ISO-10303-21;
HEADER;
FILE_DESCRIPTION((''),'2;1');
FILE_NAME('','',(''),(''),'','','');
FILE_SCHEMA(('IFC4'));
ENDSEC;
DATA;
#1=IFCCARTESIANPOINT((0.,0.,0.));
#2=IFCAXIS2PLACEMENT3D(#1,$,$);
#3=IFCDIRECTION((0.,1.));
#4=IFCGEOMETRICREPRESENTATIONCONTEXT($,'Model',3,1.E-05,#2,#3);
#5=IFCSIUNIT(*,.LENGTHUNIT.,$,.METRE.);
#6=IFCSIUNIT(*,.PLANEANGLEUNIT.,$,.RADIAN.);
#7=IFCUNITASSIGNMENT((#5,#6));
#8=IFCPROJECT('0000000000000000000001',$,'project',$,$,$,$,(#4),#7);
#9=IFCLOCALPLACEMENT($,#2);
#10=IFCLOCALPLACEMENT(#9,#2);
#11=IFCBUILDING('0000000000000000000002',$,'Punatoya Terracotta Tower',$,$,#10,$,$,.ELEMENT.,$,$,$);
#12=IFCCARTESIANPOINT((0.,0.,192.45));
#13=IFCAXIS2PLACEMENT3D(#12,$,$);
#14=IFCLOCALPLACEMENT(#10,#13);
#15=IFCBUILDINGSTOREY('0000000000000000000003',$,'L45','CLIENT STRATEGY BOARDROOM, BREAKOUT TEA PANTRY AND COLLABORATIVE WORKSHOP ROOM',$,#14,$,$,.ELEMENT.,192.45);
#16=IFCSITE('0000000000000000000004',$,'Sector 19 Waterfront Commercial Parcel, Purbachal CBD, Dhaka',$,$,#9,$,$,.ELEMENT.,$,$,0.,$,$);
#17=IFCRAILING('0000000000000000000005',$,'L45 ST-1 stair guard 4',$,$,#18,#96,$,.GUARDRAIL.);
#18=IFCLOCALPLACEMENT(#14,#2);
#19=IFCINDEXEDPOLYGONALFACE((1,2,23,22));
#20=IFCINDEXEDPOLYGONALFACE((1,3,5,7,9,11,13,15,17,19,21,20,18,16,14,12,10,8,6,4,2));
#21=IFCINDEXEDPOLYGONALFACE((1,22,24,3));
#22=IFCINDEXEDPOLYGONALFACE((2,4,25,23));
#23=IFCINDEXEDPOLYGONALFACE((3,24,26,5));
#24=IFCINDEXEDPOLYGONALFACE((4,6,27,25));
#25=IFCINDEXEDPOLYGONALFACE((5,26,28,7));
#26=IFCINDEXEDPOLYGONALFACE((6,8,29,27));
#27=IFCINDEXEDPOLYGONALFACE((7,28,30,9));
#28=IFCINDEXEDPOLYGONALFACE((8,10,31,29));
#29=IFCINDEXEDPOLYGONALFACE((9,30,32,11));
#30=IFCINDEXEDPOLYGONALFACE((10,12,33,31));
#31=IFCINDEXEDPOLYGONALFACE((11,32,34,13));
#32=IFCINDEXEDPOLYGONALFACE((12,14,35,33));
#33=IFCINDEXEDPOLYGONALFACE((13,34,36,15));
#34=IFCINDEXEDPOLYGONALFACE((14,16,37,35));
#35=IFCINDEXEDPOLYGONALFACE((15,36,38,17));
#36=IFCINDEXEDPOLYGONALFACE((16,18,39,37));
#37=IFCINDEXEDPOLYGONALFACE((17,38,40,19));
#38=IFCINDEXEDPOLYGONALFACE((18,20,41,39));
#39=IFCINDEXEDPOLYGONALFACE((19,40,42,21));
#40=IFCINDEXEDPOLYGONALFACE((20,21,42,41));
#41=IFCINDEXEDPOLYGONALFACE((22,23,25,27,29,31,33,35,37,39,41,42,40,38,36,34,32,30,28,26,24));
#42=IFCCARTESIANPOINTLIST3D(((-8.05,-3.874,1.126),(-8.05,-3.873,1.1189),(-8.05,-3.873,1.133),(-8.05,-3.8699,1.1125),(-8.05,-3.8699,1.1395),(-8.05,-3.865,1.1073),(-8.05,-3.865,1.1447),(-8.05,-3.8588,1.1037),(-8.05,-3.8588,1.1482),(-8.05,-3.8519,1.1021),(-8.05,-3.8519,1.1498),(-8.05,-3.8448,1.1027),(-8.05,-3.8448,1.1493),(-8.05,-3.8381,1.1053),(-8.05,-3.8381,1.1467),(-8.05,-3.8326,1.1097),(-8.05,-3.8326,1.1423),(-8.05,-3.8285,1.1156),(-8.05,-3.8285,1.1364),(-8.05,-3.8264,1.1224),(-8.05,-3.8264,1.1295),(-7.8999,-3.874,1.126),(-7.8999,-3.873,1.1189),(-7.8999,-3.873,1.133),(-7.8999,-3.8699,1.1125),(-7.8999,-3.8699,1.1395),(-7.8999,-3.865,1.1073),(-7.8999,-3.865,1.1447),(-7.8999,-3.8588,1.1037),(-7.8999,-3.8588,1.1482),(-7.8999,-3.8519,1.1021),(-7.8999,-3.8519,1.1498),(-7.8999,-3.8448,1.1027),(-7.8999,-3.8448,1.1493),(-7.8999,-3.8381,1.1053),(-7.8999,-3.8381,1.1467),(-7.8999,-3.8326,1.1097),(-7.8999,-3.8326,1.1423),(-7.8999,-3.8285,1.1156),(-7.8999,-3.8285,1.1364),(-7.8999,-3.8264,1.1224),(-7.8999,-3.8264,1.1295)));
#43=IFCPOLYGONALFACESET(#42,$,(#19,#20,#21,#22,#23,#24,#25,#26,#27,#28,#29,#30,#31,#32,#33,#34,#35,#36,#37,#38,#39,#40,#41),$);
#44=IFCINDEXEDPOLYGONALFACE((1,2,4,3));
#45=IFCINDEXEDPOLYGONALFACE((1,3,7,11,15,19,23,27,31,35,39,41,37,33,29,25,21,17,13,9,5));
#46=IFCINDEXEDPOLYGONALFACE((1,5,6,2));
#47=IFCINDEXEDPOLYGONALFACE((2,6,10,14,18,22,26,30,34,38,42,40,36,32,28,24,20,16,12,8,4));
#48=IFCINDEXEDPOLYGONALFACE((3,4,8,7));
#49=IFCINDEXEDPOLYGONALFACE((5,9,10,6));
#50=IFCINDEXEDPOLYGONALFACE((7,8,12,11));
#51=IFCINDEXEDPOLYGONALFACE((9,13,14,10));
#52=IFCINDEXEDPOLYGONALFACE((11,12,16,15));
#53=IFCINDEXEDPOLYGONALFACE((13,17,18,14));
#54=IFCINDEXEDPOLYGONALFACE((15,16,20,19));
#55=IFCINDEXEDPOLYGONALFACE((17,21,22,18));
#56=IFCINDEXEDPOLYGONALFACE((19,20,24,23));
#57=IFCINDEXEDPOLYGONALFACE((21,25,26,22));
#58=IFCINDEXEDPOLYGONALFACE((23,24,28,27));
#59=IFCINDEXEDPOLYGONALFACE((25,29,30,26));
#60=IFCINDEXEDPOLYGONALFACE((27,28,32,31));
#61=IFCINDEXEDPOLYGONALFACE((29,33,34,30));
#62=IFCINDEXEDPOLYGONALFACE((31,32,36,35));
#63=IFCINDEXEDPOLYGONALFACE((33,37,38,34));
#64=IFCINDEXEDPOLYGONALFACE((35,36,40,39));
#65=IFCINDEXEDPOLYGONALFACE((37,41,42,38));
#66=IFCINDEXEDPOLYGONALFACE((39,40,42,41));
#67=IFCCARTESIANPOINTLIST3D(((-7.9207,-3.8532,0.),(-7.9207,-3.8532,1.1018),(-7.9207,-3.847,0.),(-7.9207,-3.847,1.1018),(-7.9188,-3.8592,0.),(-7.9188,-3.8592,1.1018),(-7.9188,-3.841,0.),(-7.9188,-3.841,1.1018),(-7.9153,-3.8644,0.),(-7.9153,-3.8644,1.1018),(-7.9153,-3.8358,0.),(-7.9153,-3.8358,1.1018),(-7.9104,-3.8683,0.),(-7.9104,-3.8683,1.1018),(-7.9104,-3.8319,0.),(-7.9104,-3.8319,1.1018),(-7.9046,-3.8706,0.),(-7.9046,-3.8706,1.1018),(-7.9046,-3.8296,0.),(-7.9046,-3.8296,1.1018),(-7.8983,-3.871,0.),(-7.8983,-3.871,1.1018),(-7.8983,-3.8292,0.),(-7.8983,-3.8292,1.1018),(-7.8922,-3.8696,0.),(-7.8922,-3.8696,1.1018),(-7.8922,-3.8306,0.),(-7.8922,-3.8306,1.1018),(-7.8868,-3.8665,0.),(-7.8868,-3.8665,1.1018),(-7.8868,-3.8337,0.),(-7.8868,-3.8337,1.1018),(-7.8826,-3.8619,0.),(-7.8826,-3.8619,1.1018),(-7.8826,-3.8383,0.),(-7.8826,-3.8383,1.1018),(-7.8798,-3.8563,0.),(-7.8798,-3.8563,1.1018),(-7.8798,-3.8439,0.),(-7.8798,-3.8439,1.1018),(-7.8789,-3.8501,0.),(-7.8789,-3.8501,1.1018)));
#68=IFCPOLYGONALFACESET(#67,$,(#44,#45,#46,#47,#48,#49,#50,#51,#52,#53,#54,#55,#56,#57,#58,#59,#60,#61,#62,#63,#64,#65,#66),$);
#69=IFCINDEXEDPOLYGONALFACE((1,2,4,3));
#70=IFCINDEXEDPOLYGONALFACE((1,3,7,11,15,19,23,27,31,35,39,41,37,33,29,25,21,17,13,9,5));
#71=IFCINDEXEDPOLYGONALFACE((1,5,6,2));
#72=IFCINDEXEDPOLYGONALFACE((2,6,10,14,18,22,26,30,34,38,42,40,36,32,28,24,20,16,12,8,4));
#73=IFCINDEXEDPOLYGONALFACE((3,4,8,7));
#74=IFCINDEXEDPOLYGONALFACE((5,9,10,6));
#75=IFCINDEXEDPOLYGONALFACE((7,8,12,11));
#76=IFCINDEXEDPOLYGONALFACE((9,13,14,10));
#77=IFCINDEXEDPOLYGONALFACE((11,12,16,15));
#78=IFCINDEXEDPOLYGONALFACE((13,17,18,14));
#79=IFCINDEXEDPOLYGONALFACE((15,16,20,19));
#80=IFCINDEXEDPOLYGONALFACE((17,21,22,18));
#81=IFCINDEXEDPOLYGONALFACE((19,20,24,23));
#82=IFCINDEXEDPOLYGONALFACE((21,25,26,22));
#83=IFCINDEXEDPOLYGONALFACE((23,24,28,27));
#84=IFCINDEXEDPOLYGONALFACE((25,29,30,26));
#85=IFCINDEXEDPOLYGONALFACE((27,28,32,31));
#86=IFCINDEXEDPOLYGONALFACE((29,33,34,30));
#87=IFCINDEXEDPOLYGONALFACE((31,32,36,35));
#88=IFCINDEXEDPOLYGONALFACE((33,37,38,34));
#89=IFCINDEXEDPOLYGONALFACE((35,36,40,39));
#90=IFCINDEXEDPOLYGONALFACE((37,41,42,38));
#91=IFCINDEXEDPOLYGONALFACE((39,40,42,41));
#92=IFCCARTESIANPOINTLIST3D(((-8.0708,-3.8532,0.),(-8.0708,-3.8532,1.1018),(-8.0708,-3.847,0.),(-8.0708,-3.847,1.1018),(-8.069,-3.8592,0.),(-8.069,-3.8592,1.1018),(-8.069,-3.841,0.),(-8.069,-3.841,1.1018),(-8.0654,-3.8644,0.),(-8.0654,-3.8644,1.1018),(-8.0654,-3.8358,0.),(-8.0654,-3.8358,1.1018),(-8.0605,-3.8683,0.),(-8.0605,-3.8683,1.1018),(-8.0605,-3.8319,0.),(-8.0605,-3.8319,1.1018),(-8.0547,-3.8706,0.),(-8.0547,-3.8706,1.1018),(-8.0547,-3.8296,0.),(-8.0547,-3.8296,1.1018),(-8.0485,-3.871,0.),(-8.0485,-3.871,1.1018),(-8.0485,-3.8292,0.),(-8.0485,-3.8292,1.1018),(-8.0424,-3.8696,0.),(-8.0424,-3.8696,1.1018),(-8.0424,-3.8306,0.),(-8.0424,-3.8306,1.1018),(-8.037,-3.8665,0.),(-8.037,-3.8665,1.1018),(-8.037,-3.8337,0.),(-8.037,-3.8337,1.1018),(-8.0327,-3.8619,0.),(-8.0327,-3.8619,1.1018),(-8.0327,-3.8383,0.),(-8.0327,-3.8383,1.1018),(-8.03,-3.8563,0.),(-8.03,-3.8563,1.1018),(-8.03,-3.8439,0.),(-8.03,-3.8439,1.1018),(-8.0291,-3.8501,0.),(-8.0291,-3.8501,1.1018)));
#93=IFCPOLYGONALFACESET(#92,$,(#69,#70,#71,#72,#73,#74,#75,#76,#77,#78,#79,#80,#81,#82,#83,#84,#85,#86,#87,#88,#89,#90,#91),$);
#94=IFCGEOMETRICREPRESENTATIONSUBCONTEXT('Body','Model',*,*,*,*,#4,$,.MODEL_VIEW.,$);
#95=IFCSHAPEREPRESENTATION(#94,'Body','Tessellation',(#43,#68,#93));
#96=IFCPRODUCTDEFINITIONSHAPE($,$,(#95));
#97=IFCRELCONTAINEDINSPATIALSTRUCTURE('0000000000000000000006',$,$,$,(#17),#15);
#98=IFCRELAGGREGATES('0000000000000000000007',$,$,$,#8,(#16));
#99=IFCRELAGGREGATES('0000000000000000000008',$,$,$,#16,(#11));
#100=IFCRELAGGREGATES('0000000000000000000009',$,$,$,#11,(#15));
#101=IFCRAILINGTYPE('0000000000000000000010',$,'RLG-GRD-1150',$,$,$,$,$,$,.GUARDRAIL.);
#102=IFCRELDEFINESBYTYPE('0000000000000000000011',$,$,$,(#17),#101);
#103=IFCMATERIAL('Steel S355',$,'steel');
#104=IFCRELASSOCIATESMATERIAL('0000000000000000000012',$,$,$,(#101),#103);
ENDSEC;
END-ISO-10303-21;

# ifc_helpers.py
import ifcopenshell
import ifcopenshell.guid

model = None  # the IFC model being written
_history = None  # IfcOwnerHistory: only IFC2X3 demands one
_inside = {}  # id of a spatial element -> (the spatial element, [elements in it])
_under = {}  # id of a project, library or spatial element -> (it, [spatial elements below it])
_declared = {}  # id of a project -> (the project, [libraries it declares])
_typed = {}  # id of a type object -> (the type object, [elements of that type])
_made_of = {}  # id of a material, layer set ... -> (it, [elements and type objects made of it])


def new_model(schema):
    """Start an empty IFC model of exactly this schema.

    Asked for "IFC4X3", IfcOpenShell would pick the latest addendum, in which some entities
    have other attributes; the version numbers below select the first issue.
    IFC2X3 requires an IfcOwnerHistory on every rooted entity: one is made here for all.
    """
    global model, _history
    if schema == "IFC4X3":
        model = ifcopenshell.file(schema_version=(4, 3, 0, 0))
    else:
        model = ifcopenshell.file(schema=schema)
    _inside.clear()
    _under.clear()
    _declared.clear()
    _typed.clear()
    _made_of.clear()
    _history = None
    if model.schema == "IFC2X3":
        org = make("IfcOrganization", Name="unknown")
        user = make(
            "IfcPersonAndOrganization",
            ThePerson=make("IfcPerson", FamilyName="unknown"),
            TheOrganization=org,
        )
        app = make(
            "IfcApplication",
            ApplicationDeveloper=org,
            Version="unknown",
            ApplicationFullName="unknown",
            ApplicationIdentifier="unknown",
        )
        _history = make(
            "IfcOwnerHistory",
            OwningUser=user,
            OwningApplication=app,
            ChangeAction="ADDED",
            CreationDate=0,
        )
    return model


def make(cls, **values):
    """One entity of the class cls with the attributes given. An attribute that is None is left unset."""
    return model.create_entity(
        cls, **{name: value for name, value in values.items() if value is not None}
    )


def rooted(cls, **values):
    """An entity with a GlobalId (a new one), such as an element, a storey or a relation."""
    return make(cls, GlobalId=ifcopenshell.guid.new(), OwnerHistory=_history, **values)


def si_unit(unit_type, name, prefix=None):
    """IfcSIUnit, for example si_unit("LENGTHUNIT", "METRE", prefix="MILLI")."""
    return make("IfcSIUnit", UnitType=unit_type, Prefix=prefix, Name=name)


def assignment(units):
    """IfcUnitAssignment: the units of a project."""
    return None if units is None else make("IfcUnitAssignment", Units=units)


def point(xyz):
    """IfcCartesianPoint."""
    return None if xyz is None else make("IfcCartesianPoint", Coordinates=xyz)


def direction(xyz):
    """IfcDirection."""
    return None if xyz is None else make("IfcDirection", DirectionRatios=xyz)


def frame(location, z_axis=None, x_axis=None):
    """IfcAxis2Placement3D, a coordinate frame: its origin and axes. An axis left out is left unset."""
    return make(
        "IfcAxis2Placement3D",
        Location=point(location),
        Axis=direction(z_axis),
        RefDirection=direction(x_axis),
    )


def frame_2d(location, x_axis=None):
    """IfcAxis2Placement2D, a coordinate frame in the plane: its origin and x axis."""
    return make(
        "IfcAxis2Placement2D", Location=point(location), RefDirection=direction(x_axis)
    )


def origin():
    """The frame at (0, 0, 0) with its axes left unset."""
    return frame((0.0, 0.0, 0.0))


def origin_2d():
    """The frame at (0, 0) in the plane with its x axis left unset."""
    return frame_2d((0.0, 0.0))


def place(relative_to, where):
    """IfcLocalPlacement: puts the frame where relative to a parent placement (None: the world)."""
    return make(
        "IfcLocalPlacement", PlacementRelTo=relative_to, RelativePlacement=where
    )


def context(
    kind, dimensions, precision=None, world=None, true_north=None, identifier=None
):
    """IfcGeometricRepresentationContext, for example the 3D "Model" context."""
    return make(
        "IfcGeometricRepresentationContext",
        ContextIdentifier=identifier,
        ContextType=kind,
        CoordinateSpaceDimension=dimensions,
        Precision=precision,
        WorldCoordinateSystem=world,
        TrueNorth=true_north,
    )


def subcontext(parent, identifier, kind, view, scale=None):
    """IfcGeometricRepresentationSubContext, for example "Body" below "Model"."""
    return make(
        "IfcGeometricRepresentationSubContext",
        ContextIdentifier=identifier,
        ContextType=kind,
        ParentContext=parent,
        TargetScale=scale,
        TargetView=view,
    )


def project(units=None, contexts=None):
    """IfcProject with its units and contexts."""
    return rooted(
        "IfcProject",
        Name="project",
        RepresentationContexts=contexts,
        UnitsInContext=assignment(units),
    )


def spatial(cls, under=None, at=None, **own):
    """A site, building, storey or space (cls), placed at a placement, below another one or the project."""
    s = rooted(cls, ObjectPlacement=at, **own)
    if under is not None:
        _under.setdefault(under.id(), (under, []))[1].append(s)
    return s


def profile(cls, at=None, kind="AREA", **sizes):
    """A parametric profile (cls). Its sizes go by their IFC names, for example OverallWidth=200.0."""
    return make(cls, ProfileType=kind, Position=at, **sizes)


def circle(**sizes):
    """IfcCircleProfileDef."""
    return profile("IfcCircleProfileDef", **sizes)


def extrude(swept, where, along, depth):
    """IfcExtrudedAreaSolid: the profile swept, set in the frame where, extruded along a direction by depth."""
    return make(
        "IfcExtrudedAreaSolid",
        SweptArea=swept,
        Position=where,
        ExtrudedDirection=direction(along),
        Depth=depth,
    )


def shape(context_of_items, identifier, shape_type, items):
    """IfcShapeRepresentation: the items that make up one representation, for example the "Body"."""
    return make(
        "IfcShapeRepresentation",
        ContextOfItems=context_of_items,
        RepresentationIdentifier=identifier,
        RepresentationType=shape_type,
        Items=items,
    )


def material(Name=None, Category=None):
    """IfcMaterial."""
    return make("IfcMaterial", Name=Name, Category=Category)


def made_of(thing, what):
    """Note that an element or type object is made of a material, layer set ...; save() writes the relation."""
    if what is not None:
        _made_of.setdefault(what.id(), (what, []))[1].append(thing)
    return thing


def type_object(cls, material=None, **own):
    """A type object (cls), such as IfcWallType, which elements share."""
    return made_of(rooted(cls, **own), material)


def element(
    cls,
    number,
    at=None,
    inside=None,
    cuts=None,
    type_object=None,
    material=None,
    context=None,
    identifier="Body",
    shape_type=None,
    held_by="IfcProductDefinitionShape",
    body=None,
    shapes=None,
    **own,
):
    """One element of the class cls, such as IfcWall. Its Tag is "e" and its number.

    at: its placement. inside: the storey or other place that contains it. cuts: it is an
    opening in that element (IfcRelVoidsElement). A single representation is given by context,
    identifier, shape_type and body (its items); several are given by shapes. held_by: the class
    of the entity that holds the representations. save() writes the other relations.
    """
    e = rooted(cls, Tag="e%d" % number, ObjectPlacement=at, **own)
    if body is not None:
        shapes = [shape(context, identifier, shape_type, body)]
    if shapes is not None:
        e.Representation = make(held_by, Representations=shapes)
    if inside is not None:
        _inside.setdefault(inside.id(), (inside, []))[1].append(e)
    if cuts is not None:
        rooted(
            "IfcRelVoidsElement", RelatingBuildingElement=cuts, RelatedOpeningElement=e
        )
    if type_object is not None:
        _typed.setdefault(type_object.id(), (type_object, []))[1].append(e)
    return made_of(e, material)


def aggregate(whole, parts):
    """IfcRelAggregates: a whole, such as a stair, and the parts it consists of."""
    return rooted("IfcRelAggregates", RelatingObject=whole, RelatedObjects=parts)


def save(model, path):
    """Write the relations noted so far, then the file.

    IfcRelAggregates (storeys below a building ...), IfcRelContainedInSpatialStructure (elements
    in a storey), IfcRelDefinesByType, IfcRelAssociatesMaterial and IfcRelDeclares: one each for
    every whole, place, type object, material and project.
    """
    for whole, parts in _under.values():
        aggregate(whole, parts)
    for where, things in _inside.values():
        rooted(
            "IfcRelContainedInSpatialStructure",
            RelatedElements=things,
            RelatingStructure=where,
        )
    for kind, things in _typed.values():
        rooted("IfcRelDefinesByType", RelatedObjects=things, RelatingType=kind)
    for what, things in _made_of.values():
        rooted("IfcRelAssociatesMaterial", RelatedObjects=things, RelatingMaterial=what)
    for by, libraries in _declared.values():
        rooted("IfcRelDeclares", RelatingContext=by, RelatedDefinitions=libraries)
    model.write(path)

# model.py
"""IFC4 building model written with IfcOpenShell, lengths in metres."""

from ifc_helpers import new_model, si_unit, direction, frame, origin, origin_2d, place, context, subcontext, project, spatial, circle, extrude, material, type_object, element, save


model = new_model("IFC4")

# Units and contexts
model_context = context("Model", 3, precision=1e-05, world=origin(), true_north=direction((0.0, 1.0)))
body_context = subcontext(model_context, "Body", "Model", "MODEL_VIEW")
ifc_project = project(units=[si_unit("LENGTHUNIT", "METRE"), si_unit("PLANEANGLEUNIT", "RADIAN")], contexts=[model_context])

# Site, building, storey
site_placement = place(None, origin())
site = spatial("IfcSite", under=ifc_project, at=site_placement, Name="Sector 19 Waterfront Commercial Parcel, Purbachal CBD, Dhaka", CompositionType="ELEMENT", RefElevation=0.0)
building_placement = place(site_placement, origin())
building = spatial("IfcBuilding", under=site, at=building_placement, Name="Punatoya Terracotta Tower", CompositionType="ELEMENT")
storey_placement = place(building_placement, frame((0.0, 0.0, 192.45)))
storey = spatial("IfcBuildingStorey", under=building, at=storey_placement, Name="L45", Description="CLIENT STRATEGY BOARDROOM, BREAKOUT TEA PANTRY AND COLLABORATIVE WORKSHOP ROOM", CompositionType="ELEMENT", Elevation=192.45)

# Shared definitions
ifc_material_1 = material(Name="Steel S355", Category="steel")

# Railing
railing_type_1 = type_object("IfcRailingType", Name="RLG-GRD-1150", PredefinedType="GUARDRAIL", material=ifc_material_1)
railing_1_placement = place(storey_placement, frame((-7.8999, -3.8501, 0.0)))
element("IfcRailing", 1, at=railing_1_placement, inside=storey, type_object=railing_type_1, Name="L45 ST-1 stair guard 4", PredefinedType="GUARDRAIL", context=body_context, shape_type="SweptSolid", body=[
    extrude(circle(Radius=0.0239, at=origin_2d()), frame((0.0, 0.0, 1.126), z_axis=(-1.0, 0.0, 0.0), x_axis=(0.0, -1.0, 0.0)), (0.0, 0.0, 1.0), 0.1501),
    extrude(circle(Radius=0.021, at=origin_2d()), origin(), (0.0, 0.0, 1.0), 1.1018),
    extrude(circle(Radius=0.021, at=origin_2d()), frame((-0.1501, 0.0, 0.0)), (0.0, 0.0, 1.0), 1.1018),
])

save(model, "model.ifc")
